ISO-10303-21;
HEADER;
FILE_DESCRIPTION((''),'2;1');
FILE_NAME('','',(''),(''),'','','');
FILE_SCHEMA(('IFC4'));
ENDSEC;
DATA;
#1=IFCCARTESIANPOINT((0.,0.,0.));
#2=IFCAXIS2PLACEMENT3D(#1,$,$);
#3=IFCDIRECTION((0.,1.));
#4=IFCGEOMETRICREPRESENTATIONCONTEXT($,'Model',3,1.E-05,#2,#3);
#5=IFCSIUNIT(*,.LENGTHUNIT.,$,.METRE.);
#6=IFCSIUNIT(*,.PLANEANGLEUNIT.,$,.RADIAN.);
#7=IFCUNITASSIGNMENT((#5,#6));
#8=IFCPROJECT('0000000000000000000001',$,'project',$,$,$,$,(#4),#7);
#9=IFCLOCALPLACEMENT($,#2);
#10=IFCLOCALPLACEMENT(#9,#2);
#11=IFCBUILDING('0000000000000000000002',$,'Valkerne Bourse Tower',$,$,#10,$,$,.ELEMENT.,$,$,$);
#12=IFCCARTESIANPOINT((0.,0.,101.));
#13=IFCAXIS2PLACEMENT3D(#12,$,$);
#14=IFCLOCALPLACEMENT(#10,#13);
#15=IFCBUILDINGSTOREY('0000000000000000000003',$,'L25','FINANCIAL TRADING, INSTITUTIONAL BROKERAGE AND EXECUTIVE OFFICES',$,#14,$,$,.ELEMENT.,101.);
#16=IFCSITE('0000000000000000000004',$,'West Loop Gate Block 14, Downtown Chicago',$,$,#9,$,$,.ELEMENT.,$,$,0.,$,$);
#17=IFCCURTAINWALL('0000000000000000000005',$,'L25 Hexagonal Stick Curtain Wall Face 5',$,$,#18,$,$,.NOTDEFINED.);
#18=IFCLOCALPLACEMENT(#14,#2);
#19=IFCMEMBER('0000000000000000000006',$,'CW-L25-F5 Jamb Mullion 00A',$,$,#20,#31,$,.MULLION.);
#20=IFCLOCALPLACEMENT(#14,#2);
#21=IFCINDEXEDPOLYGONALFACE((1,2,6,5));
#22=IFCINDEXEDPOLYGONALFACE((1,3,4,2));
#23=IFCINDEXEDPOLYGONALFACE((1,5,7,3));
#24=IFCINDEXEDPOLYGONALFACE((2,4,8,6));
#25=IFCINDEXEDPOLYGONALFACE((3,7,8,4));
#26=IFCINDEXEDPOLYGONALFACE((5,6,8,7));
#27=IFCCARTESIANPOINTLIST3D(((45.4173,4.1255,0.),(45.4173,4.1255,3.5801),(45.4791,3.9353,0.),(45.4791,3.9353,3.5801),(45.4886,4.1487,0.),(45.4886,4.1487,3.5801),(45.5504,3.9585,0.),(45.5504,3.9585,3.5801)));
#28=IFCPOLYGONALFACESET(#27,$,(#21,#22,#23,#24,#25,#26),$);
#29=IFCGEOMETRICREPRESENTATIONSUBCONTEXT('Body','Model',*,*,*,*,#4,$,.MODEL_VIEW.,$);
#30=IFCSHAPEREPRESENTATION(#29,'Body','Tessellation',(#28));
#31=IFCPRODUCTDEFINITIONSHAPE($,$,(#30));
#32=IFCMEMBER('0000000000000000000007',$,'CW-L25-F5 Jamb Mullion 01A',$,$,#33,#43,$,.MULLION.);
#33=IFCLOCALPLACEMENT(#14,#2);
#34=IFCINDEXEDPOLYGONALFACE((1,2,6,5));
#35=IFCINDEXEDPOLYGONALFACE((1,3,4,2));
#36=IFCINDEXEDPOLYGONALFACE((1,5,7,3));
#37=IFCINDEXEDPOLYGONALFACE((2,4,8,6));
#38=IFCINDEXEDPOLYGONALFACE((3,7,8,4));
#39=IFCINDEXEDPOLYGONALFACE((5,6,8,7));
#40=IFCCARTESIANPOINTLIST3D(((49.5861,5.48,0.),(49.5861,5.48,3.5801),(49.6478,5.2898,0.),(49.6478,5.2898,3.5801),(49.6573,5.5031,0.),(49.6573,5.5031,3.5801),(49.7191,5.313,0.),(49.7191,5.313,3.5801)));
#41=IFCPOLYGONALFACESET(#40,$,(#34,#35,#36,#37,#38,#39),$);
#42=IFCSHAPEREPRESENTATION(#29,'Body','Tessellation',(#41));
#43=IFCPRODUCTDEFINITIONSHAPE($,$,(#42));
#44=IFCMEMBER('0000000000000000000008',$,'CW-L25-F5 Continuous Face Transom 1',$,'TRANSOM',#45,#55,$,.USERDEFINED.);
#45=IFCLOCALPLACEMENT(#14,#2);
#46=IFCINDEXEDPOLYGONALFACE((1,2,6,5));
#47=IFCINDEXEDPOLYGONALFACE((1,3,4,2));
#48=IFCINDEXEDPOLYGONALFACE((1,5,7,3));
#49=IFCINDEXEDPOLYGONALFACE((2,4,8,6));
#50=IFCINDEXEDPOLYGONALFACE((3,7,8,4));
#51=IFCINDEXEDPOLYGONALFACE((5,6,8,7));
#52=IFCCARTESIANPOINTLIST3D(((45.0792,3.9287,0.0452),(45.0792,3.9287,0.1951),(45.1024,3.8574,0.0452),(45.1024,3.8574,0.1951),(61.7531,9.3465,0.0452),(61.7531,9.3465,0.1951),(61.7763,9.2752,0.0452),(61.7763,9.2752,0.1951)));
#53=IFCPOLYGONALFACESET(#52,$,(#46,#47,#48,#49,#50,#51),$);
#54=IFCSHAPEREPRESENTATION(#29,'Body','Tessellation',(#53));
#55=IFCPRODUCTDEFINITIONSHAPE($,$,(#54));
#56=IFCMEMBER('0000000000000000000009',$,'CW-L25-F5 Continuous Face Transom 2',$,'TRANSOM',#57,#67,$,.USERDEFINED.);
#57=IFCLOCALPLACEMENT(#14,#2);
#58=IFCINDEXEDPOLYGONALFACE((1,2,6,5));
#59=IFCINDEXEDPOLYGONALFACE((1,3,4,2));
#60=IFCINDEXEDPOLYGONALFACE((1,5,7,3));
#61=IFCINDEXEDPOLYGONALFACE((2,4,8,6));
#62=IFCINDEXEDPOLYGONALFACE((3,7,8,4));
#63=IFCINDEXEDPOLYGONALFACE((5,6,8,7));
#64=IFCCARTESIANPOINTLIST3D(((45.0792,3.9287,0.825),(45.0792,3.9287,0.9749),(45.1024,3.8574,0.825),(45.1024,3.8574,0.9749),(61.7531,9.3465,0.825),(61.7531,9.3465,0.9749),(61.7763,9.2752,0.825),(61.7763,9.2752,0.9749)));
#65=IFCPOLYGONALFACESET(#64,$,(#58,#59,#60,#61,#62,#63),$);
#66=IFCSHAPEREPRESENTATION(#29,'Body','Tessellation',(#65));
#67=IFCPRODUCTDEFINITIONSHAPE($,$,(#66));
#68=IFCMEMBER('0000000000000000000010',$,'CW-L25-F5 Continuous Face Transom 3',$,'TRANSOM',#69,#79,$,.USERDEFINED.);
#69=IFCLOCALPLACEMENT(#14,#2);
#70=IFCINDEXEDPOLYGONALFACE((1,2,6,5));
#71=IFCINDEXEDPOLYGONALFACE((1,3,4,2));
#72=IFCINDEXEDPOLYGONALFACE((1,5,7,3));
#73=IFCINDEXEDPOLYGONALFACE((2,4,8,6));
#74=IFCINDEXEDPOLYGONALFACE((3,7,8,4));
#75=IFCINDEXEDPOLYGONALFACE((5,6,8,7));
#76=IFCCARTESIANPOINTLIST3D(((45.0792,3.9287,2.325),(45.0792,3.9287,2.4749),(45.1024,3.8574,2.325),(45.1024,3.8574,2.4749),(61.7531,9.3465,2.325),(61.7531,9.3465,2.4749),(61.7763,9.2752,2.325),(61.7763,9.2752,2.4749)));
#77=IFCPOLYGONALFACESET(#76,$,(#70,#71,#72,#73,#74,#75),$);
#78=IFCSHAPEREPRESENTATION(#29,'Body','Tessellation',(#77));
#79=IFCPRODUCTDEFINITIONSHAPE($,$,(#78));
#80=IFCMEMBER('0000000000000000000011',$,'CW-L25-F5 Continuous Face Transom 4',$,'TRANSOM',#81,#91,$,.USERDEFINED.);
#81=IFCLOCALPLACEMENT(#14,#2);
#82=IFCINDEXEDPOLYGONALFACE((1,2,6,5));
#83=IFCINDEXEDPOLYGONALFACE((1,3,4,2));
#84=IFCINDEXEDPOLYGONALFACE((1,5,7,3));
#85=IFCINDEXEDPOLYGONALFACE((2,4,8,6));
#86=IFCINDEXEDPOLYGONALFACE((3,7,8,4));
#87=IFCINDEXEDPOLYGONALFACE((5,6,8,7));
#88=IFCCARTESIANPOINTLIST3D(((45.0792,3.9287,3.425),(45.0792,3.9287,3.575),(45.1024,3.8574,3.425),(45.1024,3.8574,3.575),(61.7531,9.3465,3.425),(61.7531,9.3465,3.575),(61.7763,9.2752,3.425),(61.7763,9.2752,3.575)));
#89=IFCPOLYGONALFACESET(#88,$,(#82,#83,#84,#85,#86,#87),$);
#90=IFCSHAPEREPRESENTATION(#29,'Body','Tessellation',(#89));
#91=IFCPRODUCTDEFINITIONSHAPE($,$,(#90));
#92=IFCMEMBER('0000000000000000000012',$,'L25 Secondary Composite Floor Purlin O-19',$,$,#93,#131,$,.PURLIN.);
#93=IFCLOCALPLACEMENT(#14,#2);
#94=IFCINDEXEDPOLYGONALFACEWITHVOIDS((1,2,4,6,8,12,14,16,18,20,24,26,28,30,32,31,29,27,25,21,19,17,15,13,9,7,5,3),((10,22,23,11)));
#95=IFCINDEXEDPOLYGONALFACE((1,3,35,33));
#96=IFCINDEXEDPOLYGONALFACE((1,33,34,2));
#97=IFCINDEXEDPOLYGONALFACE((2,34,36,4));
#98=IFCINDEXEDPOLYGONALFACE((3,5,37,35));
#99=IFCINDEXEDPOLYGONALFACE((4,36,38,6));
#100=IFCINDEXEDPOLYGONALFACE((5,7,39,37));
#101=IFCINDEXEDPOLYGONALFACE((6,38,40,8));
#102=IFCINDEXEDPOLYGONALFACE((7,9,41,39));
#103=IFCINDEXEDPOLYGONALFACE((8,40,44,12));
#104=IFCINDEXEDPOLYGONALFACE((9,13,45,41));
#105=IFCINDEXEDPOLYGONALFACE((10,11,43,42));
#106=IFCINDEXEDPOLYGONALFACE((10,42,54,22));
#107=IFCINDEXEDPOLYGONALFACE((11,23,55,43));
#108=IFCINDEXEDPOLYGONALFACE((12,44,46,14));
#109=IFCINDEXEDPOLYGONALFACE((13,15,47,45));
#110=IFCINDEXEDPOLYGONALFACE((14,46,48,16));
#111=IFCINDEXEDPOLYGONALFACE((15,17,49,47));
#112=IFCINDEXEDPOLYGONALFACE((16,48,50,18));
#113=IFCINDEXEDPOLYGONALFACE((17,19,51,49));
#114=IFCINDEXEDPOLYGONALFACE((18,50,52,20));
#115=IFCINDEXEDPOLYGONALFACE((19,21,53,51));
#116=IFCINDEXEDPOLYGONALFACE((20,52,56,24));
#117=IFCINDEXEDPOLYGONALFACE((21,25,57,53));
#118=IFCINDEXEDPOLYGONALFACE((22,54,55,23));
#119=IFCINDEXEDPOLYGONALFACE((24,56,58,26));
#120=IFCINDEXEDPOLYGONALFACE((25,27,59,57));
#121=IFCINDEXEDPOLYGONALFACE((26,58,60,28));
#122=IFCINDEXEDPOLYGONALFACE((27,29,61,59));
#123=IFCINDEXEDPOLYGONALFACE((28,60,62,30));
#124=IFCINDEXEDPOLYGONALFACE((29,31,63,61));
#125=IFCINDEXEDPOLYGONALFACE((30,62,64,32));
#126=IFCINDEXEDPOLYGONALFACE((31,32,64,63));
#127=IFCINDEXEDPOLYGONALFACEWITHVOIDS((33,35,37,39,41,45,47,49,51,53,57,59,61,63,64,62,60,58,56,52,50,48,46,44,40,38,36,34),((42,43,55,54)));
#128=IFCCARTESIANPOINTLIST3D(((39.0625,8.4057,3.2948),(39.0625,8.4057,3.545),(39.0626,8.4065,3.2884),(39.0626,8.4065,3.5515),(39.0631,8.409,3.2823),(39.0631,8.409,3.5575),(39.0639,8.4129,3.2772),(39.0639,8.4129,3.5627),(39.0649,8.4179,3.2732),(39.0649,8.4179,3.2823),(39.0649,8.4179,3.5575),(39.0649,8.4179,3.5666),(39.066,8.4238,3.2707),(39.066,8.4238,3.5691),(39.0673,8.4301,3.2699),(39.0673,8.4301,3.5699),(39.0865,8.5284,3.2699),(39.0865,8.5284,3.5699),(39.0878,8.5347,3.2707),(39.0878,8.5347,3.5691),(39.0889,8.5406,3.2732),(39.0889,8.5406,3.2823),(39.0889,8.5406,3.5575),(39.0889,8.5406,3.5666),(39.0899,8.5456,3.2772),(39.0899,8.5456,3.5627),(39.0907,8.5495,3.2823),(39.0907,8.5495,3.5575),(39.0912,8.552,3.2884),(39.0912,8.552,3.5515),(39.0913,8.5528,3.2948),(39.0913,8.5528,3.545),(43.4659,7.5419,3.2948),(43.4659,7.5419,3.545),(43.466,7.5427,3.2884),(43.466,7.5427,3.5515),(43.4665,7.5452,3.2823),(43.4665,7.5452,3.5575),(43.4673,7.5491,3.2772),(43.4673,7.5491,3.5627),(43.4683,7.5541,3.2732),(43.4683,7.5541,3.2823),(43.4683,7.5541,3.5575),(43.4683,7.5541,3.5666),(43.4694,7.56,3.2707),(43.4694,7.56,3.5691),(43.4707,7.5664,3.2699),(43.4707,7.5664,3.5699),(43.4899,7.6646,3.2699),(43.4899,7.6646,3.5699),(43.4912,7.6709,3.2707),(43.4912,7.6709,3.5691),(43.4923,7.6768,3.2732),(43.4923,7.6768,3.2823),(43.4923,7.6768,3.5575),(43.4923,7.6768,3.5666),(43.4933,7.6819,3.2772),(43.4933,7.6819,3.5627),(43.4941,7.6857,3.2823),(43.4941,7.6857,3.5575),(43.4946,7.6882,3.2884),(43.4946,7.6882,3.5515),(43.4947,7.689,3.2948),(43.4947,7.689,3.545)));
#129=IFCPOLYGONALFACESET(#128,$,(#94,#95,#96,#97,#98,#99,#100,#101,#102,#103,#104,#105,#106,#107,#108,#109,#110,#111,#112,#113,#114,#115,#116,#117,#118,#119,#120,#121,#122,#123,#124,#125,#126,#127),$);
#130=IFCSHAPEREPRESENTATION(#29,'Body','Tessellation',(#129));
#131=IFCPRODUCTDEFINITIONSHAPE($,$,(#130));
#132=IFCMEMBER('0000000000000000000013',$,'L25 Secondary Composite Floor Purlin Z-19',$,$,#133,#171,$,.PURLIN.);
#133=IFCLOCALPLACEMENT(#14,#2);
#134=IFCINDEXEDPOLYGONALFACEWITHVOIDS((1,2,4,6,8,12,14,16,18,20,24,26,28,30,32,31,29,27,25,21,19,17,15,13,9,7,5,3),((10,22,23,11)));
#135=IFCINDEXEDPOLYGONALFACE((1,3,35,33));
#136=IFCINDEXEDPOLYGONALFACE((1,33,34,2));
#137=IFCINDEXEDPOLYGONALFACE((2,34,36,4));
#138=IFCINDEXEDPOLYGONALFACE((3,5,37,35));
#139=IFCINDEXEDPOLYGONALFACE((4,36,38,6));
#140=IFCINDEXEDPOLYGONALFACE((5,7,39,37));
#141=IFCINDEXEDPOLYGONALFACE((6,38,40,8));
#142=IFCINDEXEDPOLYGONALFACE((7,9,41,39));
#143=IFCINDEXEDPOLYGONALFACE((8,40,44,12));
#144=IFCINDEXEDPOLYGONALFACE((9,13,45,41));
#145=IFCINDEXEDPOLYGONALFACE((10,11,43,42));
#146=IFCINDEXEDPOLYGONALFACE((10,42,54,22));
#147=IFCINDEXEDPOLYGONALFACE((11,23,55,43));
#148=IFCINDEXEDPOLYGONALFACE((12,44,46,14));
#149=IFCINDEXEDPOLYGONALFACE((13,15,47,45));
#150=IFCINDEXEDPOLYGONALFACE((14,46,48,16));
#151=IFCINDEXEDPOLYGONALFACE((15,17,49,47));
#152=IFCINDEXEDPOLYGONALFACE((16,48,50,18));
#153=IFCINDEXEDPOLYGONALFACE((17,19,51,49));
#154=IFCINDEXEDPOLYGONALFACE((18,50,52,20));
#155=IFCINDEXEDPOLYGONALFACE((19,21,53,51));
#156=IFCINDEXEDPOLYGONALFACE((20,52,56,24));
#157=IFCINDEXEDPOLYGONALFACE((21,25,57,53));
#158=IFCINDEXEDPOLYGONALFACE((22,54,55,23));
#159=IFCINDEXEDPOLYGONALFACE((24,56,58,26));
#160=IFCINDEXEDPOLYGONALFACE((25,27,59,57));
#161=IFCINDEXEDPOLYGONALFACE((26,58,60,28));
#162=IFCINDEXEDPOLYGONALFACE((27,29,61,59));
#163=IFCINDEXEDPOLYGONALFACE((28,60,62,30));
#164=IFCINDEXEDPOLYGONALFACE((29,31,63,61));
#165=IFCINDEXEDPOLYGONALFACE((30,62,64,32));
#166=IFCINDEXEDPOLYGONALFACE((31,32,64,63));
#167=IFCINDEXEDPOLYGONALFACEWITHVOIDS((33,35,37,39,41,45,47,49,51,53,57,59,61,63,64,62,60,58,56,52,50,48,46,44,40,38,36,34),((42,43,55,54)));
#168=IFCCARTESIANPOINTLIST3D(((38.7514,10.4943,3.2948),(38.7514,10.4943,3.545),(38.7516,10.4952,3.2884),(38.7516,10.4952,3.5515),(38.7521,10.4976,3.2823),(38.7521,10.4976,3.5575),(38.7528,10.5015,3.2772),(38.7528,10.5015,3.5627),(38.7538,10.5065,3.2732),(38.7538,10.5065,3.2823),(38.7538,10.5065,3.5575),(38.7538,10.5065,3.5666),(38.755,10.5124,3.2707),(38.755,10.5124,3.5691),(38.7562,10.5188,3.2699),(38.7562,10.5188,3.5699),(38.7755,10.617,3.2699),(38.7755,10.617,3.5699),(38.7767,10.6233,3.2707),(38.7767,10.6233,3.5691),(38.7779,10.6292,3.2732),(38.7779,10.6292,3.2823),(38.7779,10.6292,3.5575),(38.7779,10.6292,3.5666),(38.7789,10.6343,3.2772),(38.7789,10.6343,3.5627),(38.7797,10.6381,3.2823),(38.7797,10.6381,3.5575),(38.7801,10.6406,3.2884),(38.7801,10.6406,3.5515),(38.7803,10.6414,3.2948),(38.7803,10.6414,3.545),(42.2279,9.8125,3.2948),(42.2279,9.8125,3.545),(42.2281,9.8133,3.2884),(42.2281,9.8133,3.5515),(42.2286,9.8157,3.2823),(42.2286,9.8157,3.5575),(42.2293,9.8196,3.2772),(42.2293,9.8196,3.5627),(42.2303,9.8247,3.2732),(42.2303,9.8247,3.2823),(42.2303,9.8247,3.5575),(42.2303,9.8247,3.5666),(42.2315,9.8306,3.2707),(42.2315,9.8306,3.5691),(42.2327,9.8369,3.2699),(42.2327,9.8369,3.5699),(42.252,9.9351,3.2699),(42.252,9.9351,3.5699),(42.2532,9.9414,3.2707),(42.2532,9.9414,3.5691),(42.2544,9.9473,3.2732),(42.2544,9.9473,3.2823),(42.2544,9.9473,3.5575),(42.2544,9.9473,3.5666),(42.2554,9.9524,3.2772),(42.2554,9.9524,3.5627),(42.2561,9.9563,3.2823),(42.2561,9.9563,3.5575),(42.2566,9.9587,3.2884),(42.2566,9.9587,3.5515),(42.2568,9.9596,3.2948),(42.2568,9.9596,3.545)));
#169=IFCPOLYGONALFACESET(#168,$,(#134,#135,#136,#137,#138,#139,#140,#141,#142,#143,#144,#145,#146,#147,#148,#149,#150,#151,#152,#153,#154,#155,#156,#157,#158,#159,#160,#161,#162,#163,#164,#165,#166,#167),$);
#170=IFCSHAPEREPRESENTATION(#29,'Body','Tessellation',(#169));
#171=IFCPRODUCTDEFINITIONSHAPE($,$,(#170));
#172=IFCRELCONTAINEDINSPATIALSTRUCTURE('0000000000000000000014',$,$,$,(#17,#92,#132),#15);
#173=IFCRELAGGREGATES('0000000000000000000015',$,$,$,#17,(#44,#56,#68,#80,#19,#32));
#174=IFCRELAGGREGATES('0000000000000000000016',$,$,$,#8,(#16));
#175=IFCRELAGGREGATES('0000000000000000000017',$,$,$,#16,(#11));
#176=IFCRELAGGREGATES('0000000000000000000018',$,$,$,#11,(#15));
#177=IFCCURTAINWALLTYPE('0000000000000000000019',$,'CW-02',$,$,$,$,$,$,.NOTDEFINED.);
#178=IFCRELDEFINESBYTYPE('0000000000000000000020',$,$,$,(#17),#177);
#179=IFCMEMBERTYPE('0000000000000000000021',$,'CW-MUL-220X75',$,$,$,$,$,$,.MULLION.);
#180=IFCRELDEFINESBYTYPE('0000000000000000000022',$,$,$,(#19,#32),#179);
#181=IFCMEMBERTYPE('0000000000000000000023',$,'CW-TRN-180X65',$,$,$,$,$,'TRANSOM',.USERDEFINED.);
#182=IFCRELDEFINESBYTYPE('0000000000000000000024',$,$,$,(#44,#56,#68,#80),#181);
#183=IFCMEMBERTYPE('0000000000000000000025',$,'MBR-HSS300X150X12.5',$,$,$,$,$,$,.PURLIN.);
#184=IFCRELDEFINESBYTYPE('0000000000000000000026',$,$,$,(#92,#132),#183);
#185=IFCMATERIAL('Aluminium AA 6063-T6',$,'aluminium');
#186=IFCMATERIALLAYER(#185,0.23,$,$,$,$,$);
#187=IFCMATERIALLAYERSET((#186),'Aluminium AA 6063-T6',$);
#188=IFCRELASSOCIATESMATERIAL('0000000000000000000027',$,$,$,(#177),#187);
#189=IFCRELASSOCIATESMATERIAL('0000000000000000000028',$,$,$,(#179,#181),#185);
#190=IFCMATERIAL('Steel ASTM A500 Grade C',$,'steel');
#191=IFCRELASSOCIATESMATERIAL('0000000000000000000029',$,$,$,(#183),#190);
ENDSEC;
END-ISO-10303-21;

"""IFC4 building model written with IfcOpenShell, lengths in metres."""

from ifc_helpers import new_model, si_unit, direction, frame, origin, origin_2d, place, context, subcontext, project, spatial, rectangle, hollow_rectangle, extrude, material, layer, layer_set, material_profile, profile_set, type_object, element, aggregate, save


model = new_model("IFC4")

# Units and contexts
model_context = context("Model", 3, precision=1e-05, world=origin(), true_north=direction((0.0, 1.0)))
body_context = subcontext(model_context, "Body", "Model", "MODEL_VIEW")
ifc_project = project(units=[si_unit("LENGTHUNIT", "METRE"), si_unit("PLANEANGLEUNIT", "RADIAN")], contexts=[model_context])

# Site, building, storey
site_placement = place(None, origin())
site = spatial("IfcSite", under=ifc_project, at=site_placement, Name="West Loop Gate Block 14, Downtown Chicago", CompositionType="ELEMENT", RefElevation=0.0)
building_placement = place(site_placement, origin())
building = spatial("IfcBuilding", under=site, at=building_placement, Name="Valkerne Bourse Tower", CompositionType="ELEMENT")
storey_placement = place(building_placement, frame((0.0, 0.0, 101.0)))
storey = spatial("IfcBuildingStorey", under=building, at=storey_placement, Name="L25", Description="FINANCIAL TRADING, INSTITUTIONAL BROKERAGE AND EXECUTIVE OFFICES", CompositionType="ELEMENT", Elevation=101.0)

# Curtain wall, members
ifc_material_1 = material(Name="Aluminium AA 6063-T6", Category="aluminium")
ifc_layer_1 = layer(ifc_material_1, 0.23)
ifc_layer_set_1 = layer_set([ifc_layer_1], Name="Aluminium AA 6063-T6")
curtain_wall_type = type_object("IfcCurtainWallType", Name="CW-02", PredefinedType="NOTDEFINED", material=ifc_layer_set_1)
curtain_wall_placement = place(storey_placement, origin())
curtain_wall = element("IfcCurtainWall", 1, at=curtain_wall_placement, inside=storey, type_object=curtain_wall_type, Name="L25 Hexagonal Stick Curtain Wall Face 5", PredefinedType="NOTDEFINED")
ifc_material_profile_1 = material_profile(ifc_material_1, rectangle(XDim=0.075, YDim=0.2, at=origin_2d()), Name="CWM-75X200")
ifc_profile_set_1 = profile_set([ifc_material_profile_1], Name="Aluminium AA 6063-T6")
member_type_1 = type_object("IfcMemberType", Name="CW-MUL-220X75", PredefinedType="MULLION", material=ifc_profile_set_1)
member_1_placement = place(storey_placement, frame((45.4839, 4.042, 0.0), z_axis=(0.0, 0.0, 1.0), x_axis=(0.951052, 0.309032, 0.0)))
member_1 = element("IfcMember", 2, at=member_1_placement, type_object=member_type_1, Name="CW-L25-F5 Jamb Mullion 00A", PredefinedType="MULLION", context=body_context, shape_type="SweptSolid", body=[
    extrude(rectangle(XDim=0.075, YDim=0.2, at=origin_2d()), origin(), (0.0, 0.0, 1.0), 3.5801),
])
member_2_placement = place(storey_placement, frame((49.6526, 5.3965, 0.0), z_axis=(0.0, 0.0, 1.0), x_axis=(0.951058, 0.309011, 0.0)))
member_2 = element("IfcMember", 3, at=member_2_placement, type_object=member_type_1, Name="CW-L25-F5 Jamb Mullion 01A", PredefinedType="MULLION", context=body_context, shape_type="SweptSolid", body=[
    extrude(rectangle(XDim=0.075, YDim=0.2, at=origin_2d()), origin(), (0.0, 0.0, 1.0), 3.5801),
])
ifc_material_profile_2 = material_profile(ifc_material_1, rectangle(XDim=0.075, YDim=0.1499, at=origin_2d()), Name="CWT-75X150")
ifc_profile_set_2 = profile_set([ifc_material_profile_2], Name="Aluminium AA 6063-T6")
member_type_2 = type_object("IfcMemberType", Name="CW-TRN-180X65", ElementType="TRANSOM", PredefinedType="USERDEFINED", material=ifc_profile_set_2)
member_3_placement = place(storey_placement, frame((45.0908, 3.8931, 0.1201), z_axis=(0.951055, 0.309021, 0.0), x_axis=(-0.309021, 0.951055, 0.0)))
member_3 = element("IfcMember", 4, at=member_3_placement, type_object=member_type_2, Name="CW-L25-F5 Continuous Face Transom 1", ObjectType="TRANSOM", PredefinedType="USERDEFINED", context=body_context, shape_type="SweptSolid", body=[
    extrude(rectangle(XDim=0.075, YDim=0.1499, at=origin_2d()), origin(), (0.0, 0.0, 1.0), 17.532),
])
member_4_placement = place(storey_placement, frame((45.0908, 3.8931, 0.8999), z_axis=(0.951055, 0.309021, 0.0), x_axis=(-0.309021, 0.951055, 0.0)))
member_4 = element("IfcMember", 5, at=member_4_placement, type_object=member_type_2, Name="CW-L25-F5 Continuous Face Transom 2", ObjectType="TRANSOM", PredefinedType="USERDEFINED", context=body_context, shape_type="SweptSolid", body=[
    extrude(rectangle(XDim=0.075, YDim=0.1499, at=origin_2d()), origin(), (0.0, 0.0, 1.0), 17.532),
])
member_5_placement = place(storey_placement, frame((45.0908, 3.8931, 2.3999), z_axis=(0.951055, 0.309021, 0.0), x_axis=(-0.309021, 0.951055, 0.0)))
member_5 = element("IfcMember", 6, at=member_5_placement, type_object=member_type_2, Name="CW-L25-F5 Continuous Face Transom 3", ObjectType="TRANSOM", PredefinedType="USERDEFINED", context=body_context, shape_type="SweptSolid", body=[
    extrude(rectangle(XDim=0.075, YDim=0.1499, at=origin_2d()), origin(), (0.0, 0.0, 1.0), 17.532),
])
member_6_placement = place(storey_placement, frame((45.0908, 3.8931, 3.5), z_axis=(0.951055, 0.309021, 0.0), x_axis=(-0.309021, 0.951055, 0.0)))
member_6 = element("IfcMember", 7, at=member_6_placement, type_object=member_type_2, Name="CW-L25-F5 Continuous Face Transom 4", ObjectType="TRANSOM", PredefinedType="USERDEFINED", context=body_context, shape_type="SweptSolid", body=[
    extrude(rectangle(XDim=0.075, YDim=0.1499, at=origin_2d()), origin(), (0.0, 0.0, 1.0), 17.532),
])

# Members
ifc_material_2 = material(Name="Steel ASTM A500 Grade C", Category="steel")
ifc_material_profile_3 = material_profile(ifc_material_2, hollow_rectangle(XDim=0.1499, YDim=0.3, WallThickness=0.0125, OuterFilletRadius=0.0249, at=origin_2d()), Name="HSS300X150X12.5")
ifc_profile_set_3 = profile_set([ifc_material_profile_3], Name="Steel ASTM A500 Grade C")
member_type_3 = type_object("IfcMemberType", Name="MBR-HSS300X150X12.5", PredefinedType="PURLIN", material=ifc_profile_set_3)
member_7_placement = place(storey_placement, frame((39.0769, 8.4792, 3.4199), z_axis=(0.981298, -0.192495, 0.0), x_axis=(0.192495, 0.981298, 0.0)))
element("IfcMember", 8, at=member_7_placement, inside=storey, type_object=member_type_3, Name="L25 Secondary Composite Floor Purlin O-19", PredefinedType="PURLIN", context=body_context, shape_type="SweptSolid", body=[
    extrude(hollow_rectangle(XDim=0.1499, YDim=0.3, WallThickness=0.0125, OuterFilletRadius=0.0249, at=origin_2d()), origin(), (0.0, 0.0, 1.0), 4.4873),
])
member_8_placement = place(storey_placement, frame((38.7659, 10.5679, 3.4199), z_axis=(0.981303, -0.19247, 0.0), x_axis=(0.19247, 0.981303, 0.0)))
element("IfcMember", 9, at=member_8_placement, inside=storey, type_object=member_type_3, Name="L25 Secondary Composite Floor Purlin Z-19", PredefinedType="PURLIN", context=body_context, shape_type="SweptSolid", body=[
    extrude(hollow_rectangle(XDim=0.1499, YDim=0.3, WallThickness=0.0125, OuterFilletRadius=0.0249, at=origin_2d()), origin(), (0.0, 0.0, 1.0), 3.5427),
])

aggregate(curtain_wall, [member_3, member_4, member_5, member_6, member_1, member_2])

save(model, "model.ifc")
